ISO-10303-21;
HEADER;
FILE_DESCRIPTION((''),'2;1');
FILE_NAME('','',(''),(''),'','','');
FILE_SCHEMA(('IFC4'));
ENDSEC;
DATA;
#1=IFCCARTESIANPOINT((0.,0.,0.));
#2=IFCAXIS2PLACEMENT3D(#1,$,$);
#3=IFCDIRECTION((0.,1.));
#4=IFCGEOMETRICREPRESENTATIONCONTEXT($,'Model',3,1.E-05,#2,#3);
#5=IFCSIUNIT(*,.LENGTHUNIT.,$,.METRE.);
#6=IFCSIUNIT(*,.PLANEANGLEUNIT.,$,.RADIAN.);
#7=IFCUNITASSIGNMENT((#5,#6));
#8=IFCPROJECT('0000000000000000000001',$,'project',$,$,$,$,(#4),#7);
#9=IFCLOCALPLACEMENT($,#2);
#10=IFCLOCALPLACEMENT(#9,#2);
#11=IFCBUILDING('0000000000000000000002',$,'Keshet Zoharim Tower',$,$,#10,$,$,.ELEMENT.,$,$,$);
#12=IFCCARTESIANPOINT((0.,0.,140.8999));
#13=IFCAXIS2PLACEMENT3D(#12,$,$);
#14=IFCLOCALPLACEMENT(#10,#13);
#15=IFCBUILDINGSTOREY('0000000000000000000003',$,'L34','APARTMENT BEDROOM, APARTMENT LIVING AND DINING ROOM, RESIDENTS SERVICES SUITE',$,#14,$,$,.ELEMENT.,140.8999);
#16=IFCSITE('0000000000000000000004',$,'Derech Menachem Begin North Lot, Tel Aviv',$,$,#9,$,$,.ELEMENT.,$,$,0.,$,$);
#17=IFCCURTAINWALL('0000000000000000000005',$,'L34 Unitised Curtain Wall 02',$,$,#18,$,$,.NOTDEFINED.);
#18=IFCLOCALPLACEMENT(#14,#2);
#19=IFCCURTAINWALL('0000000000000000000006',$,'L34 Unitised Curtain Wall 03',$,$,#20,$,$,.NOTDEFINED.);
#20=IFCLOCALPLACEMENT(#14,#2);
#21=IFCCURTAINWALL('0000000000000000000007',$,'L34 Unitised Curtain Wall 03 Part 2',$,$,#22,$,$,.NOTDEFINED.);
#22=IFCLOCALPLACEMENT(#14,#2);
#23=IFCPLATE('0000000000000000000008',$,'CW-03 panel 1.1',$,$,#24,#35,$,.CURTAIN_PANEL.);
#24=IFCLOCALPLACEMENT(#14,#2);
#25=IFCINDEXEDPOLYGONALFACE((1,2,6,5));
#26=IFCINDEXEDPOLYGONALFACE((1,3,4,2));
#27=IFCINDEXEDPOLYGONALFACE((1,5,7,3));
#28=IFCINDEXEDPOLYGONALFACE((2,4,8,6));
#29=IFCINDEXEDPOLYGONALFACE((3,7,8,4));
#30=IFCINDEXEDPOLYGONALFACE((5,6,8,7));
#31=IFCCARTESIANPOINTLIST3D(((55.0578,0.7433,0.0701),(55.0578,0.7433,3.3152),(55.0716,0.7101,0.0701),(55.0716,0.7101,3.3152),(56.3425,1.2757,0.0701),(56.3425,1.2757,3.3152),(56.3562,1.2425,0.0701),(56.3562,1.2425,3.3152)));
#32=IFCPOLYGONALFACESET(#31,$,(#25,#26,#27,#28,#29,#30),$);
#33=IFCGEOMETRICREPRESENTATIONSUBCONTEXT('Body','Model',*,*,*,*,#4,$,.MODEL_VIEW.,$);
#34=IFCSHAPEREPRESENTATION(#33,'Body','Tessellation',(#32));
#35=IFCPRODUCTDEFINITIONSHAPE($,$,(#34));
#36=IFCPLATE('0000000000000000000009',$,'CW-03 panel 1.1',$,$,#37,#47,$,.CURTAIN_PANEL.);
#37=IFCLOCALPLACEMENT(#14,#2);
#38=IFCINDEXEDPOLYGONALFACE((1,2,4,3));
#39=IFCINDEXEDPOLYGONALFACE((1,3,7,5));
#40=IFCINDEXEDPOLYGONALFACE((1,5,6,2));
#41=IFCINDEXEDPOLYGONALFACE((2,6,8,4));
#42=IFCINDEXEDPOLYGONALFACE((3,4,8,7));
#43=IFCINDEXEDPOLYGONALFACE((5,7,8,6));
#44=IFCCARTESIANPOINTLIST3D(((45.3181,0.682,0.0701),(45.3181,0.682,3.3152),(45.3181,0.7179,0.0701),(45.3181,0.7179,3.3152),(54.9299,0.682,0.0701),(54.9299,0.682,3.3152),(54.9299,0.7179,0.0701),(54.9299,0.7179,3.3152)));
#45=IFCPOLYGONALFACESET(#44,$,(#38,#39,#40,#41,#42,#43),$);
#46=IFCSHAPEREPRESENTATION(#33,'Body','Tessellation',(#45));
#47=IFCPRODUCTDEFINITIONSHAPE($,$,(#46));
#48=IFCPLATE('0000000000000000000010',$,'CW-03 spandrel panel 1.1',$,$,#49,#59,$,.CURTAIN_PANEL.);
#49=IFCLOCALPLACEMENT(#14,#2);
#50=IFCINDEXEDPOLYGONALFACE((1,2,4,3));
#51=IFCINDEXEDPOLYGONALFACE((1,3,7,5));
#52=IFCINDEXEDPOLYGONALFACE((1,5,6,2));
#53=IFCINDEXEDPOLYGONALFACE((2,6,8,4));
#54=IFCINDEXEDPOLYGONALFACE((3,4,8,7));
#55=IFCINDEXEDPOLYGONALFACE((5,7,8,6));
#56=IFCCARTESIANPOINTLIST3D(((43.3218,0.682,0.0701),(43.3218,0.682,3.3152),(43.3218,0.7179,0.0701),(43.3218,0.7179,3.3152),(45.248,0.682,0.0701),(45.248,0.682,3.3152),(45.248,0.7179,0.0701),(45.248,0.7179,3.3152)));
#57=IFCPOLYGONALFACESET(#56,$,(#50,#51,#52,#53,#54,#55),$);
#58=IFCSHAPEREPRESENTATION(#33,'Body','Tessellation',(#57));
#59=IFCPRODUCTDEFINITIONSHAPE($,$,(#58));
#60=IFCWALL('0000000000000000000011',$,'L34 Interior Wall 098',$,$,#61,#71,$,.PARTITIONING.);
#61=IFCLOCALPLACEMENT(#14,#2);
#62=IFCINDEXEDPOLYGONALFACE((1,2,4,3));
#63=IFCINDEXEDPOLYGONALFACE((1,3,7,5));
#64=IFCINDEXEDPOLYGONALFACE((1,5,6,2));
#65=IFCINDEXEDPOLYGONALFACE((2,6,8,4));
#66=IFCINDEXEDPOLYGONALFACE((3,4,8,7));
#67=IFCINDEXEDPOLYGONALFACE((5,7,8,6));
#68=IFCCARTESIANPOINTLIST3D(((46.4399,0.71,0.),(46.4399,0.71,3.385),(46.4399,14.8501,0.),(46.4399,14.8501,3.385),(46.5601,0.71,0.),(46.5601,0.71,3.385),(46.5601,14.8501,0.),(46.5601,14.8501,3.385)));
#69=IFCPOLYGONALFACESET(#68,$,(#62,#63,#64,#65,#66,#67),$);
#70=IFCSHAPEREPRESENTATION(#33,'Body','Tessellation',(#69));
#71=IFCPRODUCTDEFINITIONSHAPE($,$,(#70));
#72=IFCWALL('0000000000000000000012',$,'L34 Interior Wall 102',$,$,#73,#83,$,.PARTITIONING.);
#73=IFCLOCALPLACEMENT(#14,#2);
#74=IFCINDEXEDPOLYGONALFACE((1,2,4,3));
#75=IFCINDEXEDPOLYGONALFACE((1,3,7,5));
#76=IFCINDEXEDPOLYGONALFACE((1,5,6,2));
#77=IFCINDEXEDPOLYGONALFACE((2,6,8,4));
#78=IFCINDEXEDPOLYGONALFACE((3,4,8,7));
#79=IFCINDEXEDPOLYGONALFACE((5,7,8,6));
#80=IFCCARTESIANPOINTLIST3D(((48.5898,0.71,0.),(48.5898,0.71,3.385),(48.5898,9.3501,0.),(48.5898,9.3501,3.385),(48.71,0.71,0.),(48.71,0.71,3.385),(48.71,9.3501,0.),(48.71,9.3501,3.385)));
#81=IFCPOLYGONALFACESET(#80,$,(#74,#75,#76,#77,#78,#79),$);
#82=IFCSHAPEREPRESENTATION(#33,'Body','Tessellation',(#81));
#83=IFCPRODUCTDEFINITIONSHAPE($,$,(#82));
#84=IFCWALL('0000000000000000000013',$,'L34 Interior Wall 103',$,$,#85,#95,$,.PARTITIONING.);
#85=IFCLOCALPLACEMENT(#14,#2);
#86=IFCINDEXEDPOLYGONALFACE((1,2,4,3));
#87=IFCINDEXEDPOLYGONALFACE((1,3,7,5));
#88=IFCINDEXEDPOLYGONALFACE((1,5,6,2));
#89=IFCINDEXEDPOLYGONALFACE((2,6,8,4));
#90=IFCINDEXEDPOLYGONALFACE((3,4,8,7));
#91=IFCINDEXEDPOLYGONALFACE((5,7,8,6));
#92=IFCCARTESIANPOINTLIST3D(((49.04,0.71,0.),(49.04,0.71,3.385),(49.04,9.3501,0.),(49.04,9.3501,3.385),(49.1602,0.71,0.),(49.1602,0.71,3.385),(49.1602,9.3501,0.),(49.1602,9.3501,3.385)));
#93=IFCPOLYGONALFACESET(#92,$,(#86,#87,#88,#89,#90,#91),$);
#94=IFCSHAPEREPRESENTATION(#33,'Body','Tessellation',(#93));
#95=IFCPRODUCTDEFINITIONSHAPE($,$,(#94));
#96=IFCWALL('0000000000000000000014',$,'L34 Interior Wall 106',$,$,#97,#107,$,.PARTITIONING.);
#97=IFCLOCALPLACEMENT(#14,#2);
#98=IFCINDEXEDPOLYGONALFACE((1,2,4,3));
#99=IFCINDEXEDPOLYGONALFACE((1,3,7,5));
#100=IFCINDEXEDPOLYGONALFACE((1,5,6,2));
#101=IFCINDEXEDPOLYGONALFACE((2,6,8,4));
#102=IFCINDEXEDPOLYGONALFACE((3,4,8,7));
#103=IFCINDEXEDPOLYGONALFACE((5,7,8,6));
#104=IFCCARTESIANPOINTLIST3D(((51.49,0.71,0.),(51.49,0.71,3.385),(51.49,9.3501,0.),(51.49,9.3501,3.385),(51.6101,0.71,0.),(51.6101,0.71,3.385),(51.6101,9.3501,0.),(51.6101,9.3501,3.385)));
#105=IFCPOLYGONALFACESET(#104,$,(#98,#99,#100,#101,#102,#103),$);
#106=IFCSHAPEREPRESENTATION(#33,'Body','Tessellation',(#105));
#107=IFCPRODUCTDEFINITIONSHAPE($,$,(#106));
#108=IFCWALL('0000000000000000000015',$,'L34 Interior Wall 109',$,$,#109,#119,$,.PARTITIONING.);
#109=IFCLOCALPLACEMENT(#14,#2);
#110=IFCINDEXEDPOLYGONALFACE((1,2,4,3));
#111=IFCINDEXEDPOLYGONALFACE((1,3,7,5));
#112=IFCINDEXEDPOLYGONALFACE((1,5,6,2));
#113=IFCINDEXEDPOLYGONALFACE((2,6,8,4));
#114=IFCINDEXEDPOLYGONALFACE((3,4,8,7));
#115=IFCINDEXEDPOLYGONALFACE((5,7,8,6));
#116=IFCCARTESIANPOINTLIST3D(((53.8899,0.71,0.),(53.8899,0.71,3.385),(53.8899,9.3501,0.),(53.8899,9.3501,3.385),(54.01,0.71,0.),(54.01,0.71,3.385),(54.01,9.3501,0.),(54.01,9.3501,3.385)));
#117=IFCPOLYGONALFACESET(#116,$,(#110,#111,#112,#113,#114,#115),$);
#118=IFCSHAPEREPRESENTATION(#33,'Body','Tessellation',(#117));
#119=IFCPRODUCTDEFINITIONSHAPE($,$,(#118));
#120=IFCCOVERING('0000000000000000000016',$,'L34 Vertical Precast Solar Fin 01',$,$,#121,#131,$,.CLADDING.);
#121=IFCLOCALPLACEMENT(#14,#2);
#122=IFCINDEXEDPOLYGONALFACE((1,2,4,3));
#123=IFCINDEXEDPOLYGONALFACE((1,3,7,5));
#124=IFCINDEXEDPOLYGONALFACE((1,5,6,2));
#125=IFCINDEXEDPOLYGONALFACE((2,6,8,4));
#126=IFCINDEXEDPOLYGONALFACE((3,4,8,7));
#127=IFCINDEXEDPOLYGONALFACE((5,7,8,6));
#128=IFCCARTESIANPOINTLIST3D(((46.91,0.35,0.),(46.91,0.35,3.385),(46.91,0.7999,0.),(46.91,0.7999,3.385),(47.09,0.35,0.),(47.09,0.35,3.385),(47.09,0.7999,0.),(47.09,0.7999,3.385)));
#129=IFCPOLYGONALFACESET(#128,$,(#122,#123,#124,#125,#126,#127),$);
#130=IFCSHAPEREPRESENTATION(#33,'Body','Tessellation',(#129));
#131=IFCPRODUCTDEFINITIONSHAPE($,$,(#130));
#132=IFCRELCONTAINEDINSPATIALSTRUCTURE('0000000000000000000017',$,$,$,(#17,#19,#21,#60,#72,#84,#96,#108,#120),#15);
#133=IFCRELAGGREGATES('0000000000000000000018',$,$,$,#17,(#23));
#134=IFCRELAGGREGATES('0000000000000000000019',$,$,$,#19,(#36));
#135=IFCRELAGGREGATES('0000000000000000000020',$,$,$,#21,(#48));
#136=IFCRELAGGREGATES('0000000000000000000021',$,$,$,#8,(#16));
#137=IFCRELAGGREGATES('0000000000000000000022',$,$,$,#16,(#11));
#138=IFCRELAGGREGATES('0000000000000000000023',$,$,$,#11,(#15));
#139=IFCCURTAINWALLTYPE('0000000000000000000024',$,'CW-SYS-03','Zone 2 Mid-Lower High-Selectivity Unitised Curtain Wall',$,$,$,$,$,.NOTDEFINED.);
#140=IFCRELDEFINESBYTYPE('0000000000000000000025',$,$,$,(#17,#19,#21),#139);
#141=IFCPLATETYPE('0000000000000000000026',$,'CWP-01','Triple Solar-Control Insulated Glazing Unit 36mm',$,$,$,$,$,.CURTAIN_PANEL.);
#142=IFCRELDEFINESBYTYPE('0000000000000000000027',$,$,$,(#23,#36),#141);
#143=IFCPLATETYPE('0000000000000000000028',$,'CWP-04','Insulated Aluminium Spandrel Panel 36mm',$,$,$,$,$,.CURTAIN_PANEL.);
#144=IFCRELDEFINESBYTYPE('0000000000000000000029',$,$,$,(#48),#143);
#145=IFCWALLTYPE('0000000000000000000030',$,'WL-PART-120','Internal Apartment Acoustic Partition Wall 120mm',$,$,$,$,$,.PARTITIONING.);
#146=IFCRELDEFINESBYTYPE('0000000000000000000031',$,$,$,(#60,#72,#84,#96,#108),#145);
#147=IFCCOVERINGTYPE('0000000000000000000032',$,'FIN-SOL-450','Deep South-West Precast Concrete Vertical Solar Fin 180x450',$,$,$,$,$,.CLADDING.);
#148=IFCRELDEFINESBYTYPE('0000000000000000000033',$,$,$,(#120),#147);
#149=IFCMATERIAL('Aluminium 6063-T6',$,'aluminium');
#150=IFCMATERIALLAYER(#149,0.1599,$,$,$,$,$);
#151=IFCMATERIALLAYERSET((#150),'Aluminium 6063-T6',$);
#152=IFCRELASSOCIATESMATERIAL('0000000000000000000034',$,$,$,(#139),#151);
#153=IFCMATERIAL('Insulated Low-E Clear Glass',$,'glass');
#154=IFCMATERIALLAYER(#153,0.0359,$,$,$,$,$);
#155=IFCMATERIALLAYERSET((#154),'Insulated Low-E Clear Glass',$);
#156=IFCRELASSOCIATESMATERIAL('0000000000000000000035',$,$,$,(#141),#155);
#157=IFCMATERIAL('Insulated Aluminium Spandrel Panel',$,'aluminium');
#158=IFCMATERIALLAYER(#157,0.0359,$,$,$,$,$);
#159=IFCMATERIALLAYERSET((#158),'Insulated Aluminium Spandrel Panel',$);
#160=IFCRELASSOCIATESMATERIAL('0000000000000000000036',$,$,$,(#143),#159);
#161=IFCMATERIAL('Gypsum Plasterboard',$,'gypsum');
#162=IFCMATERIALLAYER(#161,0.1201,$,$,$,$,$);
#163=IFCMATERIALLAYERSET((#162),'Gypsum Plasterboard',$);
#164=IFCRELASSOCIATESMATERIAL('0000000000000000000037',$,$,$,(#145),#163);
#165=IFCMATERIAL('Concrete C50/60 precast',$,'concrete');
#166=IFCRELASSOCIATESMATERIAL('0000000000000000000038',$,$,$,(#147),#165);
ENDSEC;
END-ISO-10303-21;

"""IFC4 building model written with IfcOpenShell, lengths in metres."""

from ifc_helpers import new_model, si_unit, direction, frame, frame_2d, origin, origin_2d, place, context, subcontext, project, spatial, rectangle, extrude, material, layer, layer_set, type_object, element, aggregate, save


model = new_model("IFC4")

# Units and contexts
model_context = context("Model", 3, precision=1e-05, world=origin(), true_north=direction((0.0, 1.0)))
body_context = subcontext(model_context, "Body", "Model", "MODEL_VIEW")
ifc_project = project(units=[si_unit("LENGTHUNIT", "METRE"), si_unit("PLANEANGLEUNIT", "RADIAN")], contexts=[model_context])

# Site, building, storey
site_placement = place(None, origin())
site = spatial("IfcSite", under=ifc_project, at=site_placement, Name="Derech Menachem Begin North Lot, Tel Aviv", CompositionType="ELEMENT", RefElevation=0.0)
building_placement = place(site_placement, origin())
building = spatial("IfcBuilding", under=site, at=building_placement, Name="Keshet Zoharim Tower", CompositionType="ELEMENT")
storey_placement = place(building_placement, frame((0.0, 0.0, 140.8999)))
storey = spatial("IfcBuildingStorey", under=building, at=storey_placement, Name="L34", Description="APARTMENT BEDROOM, APARTMENT LIVING AND DINING ROOM, RESIDENTS SERVICES SUITE", CompositionType="ELEMENT", Elevation=140.8999)

# Curtain walls
ifc_material_1 = material(Name="Aluminium 6063-T6", Category="aluminium")
ifc_layer_1 = layer(ifc_material_1, 0.1599)
ifc_layer_set_1 = layer_set([ifc_layer_1], Name="Aluminium 6063-T6")
curtain_wall_type = type_object("IfcCurtainWallType", Name="CW-SYS-03", Description="Zone 2 Mid-Lower High-Selectivity Unitised Curtain Wall", PredefinedType="NOTDEFINED", material=ifc_layer_set_1)
curtain_wall_1_placement = place(storey_placement, origin())
curtain_wall_1 = element("IfcCurtainWall", 1, at=curtain_wall_1_placement, inside=storey, type_object=curtain_wall_type, Name="L34 Unitised Curtain Wall 02", PredefinedType="NOTDEFINED")
curtain_wall_2_placement = place(storey_placement, origin())
curtain_wall_2 = element("IfcCurtainWall", 2, at=curtain_wall_2_placement, inside=storey, type_object=curtain_wall_type, Name="L34 Unitised Curtain Wall 03", PredefinedType="NOTDEFINED")

# Curtain wall
curtain_wall_3_placement = place(storey_placement, origin())
curtain_wall_3 = element("IfcCurtainWall", 3, at=curtain_wall_3_placement, inside=storey, type_object=curtain_wall_type, Name="L34 Unitised Curtain Wall 03 Part 2", PredefinedType="NOTDEFINED")

# Plates
ifc_material_2 = material(Name="Insulated Low-E Clear Glass", Category="glass")
ifc_layer_2 = layer(ifc_material_2, 0.0359)
ifc_layer_set_2 = layer_set([ifc_layer_2], Name="Insulated Low-E Clear Glass")
plate_type_1 = type_object("IfcPlateType", Name="CWP-01", Description="Triple Solar-Control Insulated Glazing Unit 36mm", PredefinedType="CURTAIN_PANEL", material=ifc_layer_set_2)
plate_1_placement = place(storey_placement, frame((55.707, 0.9929, 0.0701), z_axis=(0.0, 0.0, 1.0), x_axis=(-0.92381, -0.382852, 0.0)))
plate_1 = element("IfcPlate", 4, at=plate_1_placement, type_object=plate_type_1, Name="CW-03 panel 1.1", PredefinedType="CURTAIN_PANEL", context=body_context, shape_type="SweptSolid", body=[
    extrude(rectangle(XDim=1.3906, YDim=0.0359, at=origin_2d()), origin(), (0.0, 0.0, 1.0), 3.2451),
])
aggregate(curtain_wall_1, [plate_1])
plate_2_placement = place(storey_placement, frame((50.124, 0.7, 0.0701), z_axis=(0.0, 0.0, 1.0), x_axis=(-1.0, 0.0, 0.0)))
plate_2 = element("IfcPlate", 5, at=plate_2_placement, type_object=plate_type_1, Name="CW-03 panel 1.1", PredefinedType="CURTAIN_PANEL", context=body_context, shape_type="SweptSolid", body=[
    extrude(rectangle(XDim=9.6118, YDim=0.0359, at=origin_2d()), origin(), (0.0, 0.0, 1.0), 3.2451),
])
aggregate(curtain_wall_2, [plate_2])
ifc_material_3 = material(Name="Insulated Aluminium Spandrel Panel", Category="aluminium")
ifc_layer_3 = layer(ifc_material_3, 0.0359)
ifc_layer_set_3 = layer_set([ifc_layer_3], Name="Insulated Aluminium Spandrel Panel")
plate_type_2 = type_object("IfcPlateType", Name="CWP-04", Description="Insulated Aluminium Spandrel Panel 36mm", PredefinedType="CURTAIN_PANEL", material=ifc_layer_set_3)
plate_3_placement = place(storey_placement, frame((44.2849, 0.7, 0.0701), z_axis=(0.0, 0.0, 1.0), x_axis=(-1.0, 0.0, 0.0)))
plate_3 = element("IfcPlate", 6, at=plate_3_placement, type_object=plate_type_2, Name="CW-03 spandrel panel 1.1", PredefinedType="CURTAIN_PANEL", context=body_context, shape_type="SweptSolid", body=[
    extrude(rectangle(XDim=1.9263, YDim=0.0359, at=origin_2d()), origin(), (0.0, 0.0, 1.0), 3.2451),
])
aggregate(curtain_wall_3, [plate_3])

# Walls
ifc_material_4 = material(Name="Gypsum Plasterboard", Category="gypsum")
ifc_layer_4 = layer(ifc_material_4, 0.1201)
ifc_layer_set_4 = layer_set([ifc_layer_4], Name="Gypsum Plasterboard")
wall_type = type_object("IfcWallType", Name="WL-PART-120", Description="Internal Apartment Acoustic Partition Wall 120mm", PredefinedType="PARTITIONING", material=ifc_layer_set_4)
wall_placement = place(storey_placement, frame((46.5, 0.71, 0.0), z_axis=(0.0, 0.0, 1.0), x_axis=(0.0, 1.0, 0.0)))
element("IfcWall", 7, at=wall_placement, inside=storey, type_object=wall_type, Name="L34 Interior Wall 098", PredefinedType="PARTITIONING", context=body_context, shape_type="SweptSolid", body=[
    extrude(rectangle(XDim=14.1401, YDim=0.1201, at=frame_2d((7.0701, 0.0))), origin(), (0.0, 0.0, 1.0), 3.385),
])
for number, where, z_axis, x_axis, name in (
    (8, (48.6499, 0.71, 0.0), (0.0, 0.0, 1.0), (0.0, 1.0, 0.0), "L34 Interior Wall 102"),
    (9, (49.1001, 0.71, 0.0), (0.0, 0.0, 1.0), (0.0, 1.0, 0.0), "L34 Interior Wall 103"),
    (10, (51.55, 0.71, 0.0), (0.0, 0.0, 1.0), (0.0, 1.0, 0.0), "L34 Interior Wall 106"),
    (11, (53.95, 0.71, 0.0), (0.0, 0.0, 1.0), (0.0, 1.0, 0.0), "L34 Interior Wall 109"),
):
    element("IfcWall", number, at=place(storey_placement, frame(where, z_axis=z_axis, x_axis=x_axis)), inside=storey, type_object=wall_type, Name=name, PredefinedType="PARTITIONING", context=body_context, shape_type="SweptSolid", body=[
        extrude(rectangle(XDim=8.6401, YDim=0.1201, at=frame_2d((4.3201, 0.0))), origin(), (0.0, 0.0, 1.0), 3.385),
    ])

# Covering
ifc_material_5 = material(Name="Concrete C50/60 precast", Category="concrete")
covering_type = type_object("IfcCoveringType", Name="FIN-SOL-450", Description="Deep South-West Precast Concrete Vertical Solar Fin 180x450", PredefinedType="CLADDING", material=ifc_material_5)
covering_placement = place(storey_placement, frame((47.0, 0.575, 0.0), z_axis=(0.0, 0.0, 1.0), x_axis=(-1.0, 0.0, 0.0)))
element("IfcCovering", 12, at=covering_placement, inside=storey, type_object=covering_type, Name="L34 Vertical Precast Solar Fin 01", PredefinedType="CLADDING", context=body_context, shape_type="SweptSolid", body=[
    extrude(rectangle(XDim=0.1799, YDim=0.45, at=origin_2d()), origin(), (0.0, 0.0, 1.0), 3.385),
])

save(model, "model.ifc")
